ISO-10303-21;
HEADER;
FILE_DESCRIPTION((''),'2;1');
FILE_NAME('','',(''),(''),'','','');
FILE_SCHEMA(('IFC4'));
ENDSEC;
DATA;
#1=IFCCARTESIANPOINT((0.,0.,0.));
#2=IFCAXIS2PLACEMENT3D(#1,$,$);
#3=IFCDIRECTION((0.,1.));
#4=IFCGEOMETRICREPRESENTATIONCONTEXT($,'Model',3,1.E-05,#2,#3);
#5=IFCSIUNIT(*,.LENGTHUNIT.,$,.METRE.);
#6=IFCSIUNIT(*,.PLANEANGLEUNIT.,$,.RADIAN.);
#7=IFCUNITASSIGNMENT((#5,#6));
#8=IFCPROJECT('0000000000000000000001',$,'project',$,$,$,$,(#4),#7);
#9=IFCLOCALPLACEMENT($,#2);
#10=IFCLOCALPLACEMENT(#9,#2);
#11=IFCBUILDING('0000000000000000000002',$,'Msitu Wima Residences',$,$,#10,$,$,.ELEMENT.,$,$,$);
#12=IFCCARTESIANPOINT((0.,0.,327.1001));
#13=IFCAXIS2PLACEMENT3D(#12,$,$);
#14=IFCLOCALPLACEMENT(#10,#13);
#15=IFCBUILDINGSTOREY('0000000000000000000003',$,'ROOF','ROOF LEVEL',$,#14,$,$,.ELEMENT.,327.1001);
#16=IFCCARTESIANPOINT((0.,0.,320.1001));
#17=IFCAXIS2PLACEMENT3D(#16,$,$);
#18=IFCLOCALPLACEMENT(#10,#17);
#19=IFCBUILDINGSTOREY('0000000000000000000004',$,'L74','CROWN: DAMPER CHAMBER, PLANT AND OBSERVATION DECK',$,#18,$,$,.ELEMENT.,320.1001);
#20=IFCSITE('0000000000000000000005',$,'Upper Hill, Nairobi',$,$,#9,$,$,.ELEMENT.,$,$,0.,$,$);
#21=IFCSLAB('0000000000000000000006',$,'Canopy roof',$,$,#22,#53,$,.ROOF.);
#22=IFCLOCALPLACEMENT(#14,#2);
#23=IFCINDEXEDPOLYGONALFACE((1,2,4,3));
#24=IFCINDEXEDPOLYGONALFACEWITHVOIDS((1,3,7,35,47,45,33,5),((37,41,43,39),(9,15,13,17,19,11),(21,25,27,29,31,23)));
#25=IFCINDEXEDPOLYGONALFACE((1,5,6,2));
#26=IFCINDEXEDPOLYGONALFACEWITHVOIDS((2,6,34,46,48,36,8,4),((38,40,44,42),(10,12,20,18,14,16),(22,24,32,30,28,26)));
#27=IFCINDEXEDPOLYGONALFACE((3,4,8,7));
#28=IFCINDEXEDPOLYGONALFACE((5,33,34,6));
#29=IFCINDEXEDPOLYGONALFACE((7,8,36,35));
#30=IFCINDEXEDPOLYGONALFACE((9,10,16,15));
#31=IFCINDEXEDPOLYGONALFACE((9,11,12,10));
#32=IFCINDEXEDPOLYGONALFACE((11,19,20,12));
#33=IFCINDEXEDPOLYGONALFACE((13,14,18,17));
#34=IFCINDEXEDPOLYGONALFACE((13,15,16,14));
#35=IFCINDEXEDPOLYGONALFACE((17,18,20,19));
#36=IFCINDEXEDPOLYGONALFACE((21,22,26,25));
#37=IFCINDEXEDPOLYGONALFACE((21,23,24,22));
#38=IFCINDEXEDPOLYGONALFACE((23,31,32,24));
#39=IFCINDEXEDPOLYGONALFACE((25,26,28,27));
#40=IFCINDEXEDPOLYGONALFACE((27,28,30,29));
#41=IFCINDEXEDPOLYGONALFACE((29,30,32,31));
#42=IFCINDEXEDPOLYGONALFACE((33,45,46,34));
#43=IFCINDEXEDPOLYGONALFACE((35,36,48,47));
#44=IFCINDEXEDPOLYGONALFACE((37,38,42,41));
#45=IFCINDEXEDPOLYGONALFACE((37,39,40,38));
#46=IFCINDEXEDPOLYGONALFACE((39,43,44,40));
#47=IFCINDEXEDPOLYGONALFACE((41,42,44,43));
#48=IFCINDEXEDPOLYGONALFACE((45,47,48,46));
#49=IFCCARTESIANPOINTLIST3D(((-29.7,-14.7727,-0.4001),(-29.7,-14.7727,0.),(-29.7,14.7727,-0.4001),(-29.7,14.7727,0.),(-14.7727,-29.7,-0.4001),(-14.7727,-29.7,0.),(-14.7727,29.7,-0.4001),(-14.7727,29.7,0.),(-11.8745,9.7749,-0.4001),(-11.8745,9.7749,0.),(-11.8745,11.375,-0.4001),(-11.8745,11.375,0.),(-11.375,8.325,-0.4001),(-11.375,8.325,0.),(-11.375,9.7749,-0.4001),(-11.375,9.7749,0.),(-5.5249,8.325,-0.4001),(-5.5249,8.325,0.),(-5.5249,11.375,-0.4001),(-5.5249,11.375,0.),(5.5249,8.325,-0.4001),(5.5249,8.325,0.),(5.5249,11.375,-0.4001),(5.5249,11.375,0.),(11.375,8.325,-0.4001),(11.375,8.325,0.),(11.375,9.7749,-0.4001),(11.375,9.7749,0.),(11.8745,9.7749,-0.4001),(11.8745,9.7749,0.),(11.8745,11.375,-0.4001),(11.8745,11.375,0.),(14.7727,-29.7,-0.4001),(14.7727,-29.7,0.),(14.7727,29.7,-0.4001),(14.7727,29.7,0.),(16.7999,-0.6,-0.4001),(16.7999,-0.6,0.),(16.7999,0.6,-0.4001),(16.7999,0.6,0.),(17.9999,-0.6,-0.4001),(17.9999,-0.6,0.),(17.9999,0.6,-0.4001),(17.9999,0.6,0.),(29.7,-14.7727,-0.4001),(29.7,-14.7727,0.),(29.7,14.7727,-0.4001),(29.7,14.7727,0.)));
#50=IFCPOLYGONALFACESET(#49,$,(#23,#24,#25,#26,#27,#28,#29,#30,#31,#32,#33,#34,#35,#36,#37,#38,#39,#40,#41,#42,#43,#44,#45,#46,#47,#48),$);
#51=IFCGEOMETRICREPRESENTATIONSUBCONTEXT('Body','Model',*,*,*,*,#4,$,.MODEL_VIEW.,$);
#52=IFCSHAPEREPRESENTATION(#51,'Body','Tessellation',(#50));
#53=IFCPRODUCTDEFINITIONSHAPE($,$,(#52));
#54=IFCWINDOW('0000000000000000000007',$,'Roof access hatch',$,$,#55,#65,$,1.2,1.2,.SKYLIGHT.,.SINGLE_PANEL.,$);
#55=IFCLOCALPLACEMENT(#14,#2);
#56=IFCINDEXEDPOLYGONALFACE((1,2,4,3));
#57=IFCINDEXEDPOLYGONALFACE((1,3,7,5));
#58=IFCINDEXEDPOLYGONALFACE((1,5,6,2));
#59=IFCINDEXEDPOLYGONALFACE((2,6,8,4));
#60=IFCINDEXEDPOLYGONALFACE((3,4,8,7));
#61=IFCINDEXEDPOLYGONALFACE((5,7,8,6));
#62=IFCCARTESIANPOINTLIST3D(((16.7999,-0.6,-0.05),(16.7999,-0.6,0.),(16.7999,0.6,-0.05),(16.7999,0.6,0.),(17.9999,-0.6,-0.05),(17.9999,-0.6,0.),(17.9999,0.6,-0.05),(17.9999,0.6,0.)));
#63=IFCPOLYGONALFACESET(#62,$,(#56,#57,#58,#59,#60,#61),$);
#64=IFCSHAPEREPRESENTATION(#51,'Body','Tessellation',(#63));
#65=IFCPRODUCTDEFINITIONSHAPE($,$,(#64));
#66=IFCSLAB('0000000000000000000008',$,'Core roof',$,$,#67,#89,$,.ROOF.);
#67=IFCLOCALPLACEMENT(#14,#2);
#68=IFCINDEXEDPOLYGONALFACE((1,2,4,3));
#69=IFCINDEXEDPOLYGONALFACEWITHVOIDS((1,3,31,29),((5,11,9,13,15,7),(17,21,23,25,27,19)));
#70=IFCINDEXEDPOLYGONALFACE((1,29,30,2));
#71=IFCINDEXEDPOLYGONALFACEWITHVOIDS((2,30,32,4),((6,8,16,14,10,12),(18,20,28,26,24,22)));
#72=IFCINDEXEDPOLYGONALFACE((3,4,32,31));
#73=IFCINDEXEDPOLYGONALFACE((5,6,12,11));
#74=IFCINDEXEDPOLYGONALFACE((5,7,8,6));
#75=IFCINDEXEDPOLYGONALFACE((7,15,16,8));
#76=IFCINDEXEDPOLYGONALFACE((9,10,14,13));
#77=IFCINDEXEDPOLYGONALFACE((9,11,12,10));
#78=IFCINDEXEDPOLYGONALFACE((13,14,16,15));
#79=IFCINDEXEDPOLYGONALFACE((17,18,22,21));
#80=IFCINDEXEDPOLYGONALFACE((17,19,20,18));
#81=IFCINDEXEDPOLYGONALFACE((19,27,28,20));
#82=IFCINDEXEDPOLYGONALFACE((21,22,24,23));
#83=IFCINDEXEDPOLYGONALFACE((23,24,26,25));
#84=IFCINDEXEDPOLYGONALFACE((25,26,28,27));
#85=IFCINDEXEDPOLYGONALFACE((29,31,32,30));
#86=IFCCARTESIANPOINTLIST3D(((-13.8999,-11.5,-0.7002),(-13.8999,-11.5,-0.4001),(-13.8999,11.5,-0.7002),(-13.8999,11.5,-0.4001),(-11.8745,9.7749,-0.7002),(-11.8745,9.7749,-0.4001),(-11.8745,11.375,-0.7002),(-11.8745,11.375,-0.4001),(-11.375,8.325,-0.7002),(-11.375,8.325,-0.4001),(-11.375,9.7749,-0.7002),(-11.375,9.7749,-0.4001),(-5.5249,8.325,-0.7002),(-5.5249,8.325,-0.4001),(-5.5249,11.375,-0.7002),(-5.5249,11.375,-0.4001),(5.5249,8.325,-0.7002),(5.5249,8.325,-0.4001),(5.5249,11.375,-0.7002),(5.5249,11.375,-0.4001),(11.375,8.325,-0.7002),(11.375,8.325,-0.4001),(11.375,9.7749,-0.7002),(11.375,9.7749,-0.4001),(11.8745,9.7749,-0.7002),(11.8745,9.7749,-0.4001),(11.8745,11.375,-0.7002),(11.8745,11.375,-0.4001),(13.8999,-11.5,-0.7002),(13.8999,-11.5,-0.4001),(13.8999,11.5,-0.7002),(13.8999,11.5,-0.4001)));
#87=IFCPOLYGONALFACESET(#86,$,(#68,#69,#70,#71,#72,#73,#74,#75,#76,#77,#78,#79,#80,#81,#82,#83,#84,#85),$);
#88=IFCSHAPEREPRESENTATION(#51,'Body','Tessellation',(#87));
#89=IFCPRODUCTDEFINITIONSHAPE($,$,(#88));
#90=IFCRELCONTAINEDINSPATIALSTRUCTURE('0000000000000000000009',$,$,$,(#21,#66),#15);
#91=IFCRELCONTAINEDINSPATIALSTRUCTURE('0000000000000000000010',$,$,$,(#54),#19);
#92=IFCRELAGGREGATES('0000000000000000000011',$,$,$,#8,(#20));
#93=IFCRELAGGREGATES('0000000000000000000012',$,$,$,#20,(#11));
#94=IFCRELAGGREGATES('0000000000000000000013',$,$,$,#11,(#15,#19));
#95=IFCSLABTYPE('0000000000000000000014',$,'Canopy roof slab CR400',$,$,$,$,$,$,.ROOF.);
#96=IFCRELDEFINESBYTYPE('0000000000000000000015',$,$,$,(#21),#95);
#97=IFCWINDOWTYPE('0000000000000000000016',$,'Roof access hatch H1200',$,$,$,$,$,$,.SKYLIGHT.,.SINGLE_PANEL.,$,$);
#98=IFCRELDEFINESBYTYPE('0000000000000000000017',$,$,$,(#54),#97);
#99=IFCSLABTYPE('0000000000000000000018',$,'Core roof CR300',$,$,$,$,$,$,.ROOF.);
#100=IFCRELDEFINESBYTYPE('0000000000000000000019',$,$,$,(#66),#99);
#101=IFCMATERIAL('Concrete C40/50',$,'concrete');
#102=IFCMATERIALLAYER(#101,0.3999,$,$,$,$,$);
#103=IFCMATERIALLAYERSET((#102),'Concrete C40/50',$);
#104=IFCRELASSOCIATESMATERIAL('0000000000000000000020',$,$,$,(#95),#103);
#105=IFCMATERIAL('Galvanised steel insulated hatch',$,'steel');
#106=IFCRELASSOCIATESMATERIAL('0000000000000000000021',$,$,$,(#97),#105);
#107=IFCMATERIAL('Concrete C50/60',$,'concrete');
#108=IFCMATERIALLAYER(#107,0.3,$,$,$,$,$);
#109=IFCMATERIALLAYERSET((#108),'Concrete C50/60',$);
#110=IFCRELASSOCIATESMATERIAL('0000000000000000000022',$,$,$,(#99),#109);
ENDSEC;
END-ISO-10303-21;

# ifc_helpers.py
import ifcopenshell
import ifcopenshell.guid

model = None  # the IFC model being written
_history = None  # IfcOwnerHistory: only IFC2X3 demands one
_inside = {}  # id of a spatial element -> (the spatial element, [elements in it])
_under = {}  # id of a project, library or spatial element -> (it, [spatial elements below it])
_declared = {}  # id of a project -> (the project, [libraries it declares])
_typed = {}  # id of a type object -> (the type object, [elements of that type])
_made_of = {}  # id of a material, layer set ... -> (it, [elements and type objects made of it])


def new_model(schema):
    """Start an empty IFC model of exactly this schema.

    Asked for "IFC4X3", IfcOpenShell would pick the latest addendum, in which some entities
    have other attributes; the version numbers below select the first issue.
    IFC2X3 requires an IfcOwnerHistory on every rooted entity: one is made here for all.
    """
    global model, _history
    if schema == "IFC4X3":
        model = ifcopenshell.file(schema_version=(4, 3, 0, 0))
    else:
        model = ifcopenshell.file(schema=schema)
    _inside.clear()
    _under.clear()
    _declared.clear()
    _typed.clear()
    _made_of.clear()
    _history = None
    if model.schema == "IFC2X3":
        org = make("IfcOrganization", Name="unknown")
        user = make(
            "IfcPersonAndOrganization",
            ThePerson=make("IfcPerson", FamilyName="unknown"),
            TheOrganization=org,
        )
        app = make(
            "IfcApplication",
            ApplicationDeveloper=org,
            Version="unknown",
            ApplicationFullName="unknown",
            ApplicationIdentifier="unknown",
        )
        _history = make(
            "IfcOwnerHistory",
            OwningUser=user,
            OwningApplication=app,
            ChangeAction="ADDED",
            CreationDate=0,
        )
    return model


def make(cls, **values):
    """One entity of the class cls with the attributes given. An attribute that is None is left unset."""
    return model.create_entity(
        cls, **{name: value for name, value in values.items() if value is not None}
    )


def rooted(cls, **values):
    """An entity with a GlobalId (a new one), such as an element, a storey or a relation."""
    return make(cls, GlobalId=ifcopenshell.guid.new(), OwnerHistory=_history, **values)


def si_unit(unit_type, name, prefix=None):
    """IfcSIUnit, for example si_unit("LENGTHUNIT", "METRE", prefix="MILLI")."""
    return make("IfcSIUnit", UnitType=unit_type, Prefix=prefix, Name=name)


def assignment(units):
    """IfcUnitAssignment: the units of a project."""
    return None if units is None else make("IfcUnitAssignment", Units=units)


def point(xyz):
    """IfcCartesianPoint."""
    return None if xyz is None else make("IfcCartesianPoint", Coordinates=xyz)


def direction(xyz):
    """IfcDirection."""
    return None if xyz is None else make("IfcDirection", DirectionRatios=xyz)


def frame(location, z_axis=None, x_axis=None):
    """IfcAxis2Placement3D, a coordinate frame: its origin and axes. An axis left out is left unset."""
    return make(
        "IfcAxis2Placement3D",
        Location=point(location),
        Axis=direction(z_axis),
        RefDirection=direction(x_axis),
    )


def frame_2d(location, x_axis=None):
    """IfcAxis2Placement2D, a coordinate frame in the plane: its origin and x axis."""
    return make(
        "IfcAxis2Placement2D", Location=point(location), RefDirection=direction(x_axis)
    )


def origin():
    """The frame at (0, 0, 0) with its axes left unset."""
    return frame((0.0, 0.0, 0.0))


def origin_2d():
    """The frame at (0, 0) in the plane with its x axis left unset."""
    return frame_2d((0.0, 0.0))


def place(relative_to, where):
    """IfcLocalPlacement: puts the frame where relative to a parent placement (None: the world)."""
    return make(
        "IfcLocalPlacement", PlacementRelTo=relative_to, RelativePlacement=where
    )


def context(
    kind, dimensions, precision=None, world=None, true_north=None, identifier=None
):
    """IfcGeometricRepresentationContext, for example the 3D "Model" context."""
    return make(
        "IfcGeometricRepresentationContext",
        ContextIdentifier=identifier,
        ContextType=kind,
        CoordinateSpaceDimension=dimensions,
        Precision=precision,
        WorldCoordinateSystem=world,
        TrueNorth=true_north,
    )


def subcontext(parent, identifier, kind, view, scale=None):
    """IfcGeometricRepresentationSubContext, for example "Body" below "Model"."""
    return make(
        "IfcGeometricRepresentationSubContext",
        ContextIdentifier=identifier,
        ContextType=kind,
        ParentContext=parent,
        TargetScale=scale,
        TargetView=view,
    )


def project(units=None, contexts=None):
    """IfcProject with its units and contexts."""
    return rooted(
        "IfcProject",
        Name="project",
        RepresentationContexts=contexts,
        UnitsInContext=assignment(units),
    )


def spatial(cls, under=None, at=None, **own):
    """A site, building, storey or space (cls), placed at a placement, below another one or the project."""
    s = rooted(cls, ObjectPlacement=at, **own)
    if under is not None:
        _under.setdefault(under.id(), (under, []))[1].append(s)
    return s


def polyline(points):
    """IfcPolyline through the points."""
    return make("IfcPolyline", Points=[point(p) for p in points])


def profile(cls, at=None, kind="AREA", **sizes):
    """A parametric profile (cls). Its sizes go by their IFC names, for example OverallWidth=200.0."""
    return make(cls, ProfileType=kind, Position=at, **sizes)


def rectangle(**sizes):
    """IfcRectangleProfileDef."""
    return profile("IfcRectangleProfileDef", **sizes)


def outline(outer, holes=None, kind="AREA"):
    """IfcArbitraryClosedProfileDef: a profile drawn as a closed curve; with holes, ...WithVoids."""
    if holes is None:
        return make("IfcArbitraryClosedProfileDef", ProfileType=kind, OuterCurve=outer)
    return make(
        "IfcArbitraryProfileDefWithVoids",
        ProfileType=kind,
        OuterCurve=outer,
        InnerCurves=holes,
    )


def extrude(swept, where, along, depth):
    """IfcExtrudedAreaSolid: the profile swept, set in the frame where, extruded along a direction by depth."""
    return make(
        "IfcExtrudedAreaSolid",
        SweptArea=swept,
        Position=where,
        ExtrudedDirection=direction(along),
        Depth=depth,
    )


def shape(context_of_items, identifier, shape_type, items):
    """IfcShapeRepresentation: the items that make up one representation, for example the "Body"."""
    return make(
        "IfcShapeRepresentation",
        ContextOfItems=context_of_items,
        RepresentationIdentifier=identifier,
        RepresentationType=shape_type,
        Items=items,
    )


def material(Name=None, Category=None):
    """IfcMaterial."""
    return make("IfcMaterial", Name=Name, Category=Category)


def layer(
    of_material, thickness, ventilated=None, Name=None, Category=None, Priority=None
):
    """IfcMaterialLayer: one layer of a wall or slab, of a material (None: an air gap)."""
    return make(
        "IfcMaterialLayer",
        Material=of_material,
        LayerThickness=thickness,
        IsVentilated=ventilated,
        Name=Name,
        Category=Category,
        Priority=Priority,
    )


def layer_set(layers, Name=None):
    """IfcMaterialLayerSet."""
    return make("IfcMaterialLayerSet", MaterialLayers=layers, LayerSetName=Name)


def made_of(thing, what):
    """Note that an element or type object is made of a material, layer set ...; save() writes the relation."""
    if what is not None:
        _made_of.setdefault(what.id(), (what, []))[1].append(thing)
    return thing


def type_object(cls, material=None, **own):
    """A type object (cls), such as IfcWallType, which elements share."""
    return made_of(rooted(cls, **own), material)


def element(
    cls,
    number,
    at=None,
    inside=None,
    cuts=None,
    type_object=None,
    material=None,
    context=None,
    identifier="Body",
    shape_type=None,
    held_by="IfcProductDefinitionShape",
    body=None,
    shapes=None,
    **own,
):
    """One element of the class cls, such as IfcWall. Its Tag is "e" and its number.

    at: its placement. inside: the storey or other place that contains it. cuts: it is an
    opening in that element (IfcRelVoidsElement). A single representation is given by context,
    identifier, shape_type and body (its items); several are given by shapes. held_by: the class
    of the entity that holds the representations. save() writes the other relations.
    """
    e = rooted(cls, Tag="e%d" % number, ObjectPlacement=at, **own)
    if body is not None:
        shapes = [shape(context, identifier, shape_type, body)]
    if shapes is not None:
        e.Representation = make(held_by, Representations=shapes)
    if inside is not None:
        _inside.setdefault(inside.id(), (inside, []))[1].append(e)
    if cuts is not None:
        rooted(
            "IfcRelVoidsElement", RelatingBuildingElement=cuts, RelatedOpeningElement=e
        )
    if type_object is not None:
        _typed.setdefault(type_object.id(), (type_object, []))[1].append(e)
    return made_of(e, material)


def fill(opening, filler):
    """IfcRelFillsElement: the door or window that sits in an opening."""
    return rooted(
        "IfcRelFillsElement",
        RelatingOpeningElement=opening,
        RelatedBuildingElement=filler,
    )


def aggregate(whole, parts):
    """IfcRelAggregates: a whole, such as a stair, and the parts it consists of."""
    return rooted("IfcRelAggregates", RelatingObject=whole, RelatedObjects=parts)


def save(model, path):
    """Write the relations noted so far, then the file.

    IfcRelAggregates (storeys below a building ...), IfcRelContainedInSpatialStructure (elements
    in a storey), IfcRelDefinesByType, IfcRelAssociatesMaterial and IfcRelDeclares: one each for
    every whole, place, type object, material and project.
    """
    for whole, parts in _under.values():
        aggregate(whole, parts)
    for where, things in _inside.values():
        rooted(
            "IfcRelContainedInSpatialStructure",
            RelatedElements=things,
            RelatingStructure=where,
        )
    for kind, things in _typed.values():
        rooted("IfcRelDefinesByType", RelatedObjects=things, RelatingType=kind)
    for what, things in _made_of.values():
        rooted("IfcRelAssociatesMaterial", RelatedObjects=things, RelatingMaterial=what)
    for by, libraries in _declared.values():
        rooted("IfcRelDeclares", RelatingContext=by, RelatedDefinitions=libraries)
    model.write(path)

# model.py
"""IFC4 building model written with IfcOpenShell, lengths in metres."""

from ifc_helpers import new_model, si_unit, direction, frame, origin, origin_2d, place, context, subcontext, project, spatial, polyline, rectangle, outline, extrude, material, layer, layer_set, type_object, element, fill, save


model = new_model("IFC4")

# Units and contexts
model_context = context("Model", 3, precision=1e-05, world=origin(), true_north=direction((0.0, 1.0)))
body_context = subcontext(model_context, "Body", "Model", "MODEL_VIEW")
ifc_project = project(units=[si_unit("LENGTHUNIT", "METRE"), si_unit("PLANEANGLEUNIT", "RADIAN")], contexts=[model_context])

# Site, building, storey
site_placement = place(None, origin())
site = spatial("IfcSite", under=ifc_project, at=site_placement, Name="Upper Hill, Nairobi", CompositionType="ELEMENT", RefElevation=0.0)
building_placement = place(site_placement, origin())
building = spatial("IfcBuilding", under=site, at=building_placement, Name="Msitu Wima Residences", CompositionType="ELEMENT")
storey_1_placement = place(building_placement, frame((0.0, 0.0, 327.1001)))
storey_1 = spatial("IfcBuildingStorey", under=building, at=storey_1_placement, Name="ROOF", Description="ROOF LEVEL", CompositionType="ELEMENT", Elevation=327.1001)

# Slab, opening
ifc_material_1 = material(Name="Concrete C40/50", Category="concrete")
ifc_layer_1 = layer(ifc_material_1, 0.3999)
ifc_layer_set_1 = layer_set([ifc_layer_1], Name="Concrete C40/50")
slab_type_1 = type_object("IfcSlabType", Name="Canopy roof slab CR400", PredefinedType="ROOF", material=ifc_layer_set_1)
slab_1_placement = place(storey_1_placement, frame((0.0, 0.0, -0.4001)))
slab_1 = element("IfcSlab", 1, at=slab_1_placement, inside=storey_1, type_object=slab_type_1, Name="Canopy roof", PredefinedType="ROOF", context=body_context, shape_type="SweptSolid", body=[
    extrude(outline(polyline([(14.7727, -29.7), (-14.7727, -29.7), (-29.7, -14.7727), (-29.7, 14.7727), (-14.7727, 29.7), (14.7727, 29.7), (29.7, 14.7727), (29.7, -14.7727), (14.7727, -29.7)]), holes=[polyline([(-11.8745, 11.375), (-11.8745, 9.7749), (-11.375, 9.7749), (-11.375, 8.325), (-5.5249, 8.325), (-5.5249, 11.375), (-11.8745, 11.375)]), polyline([(5.5249, 8.325), (11.375, 8.325), (11.375, 9.7749), (11.8745, 9.7749), (11.8745, 11.375), (5.5249, 11.375), (5.5249, 8.325)])]), origin(), (0.0, 0.0, 1.0), 0.4001),
])
opening_placement = place(slab_1_placement, frame((17.3999, 0.0, 0.0)))
opening = element("IfcOpeningElement", 2, at=opening_placement, cuts=slab_1, PredefinedType="OPENING", context=body_context, shape_type="SweptSolid", body=[
    extrude(rectangle(XDim=1.2, YDim=1.2, at=origin_2d()), origin(), (0.0, 0.0, 1.0), 0.4001),
])

# Shared definitions
storey_2_placement = place(building_placement, frame((0.0, 0.0, 320.1001)))
storey_2 = spatial("IfcBuildingStorey", under=building, at=storey_2_placement, Name="L74", Description="CROWN: DAMPER CHAMBER, PLANT AND OBSERVATION DECK", CompositionType="ELEMENT", Elevation=320.1001)

# Window
ifc_material_2 = material(Name="Galvanised steel insulated hatch", Category="steel")
window_type = type_object("IfcWindowType", Name="Roof access hatch H1200", PartitioningType="SINGLE_PANEL", PredefinedType="SKYLIGHT", material=ifc_material_2)
window_placement = place(opening_placement, frame((0.0, 0.0, 0.3501)))
window = element("IfcWindow", 3, at=window_placement, inside=storey_2, type_object=window_type, Name="Roof access hatch", OverallHeight=1.2, OverallWidth=1.2, PartitioningType="SINGLE_PANEL", PredefinedType="SKYLIGHT", context=body_context, shape_type="SweptSolid", body=[
    extrude(rectangle(XDim=1.2, YDim=1.2, at=origin_2d()), origin(), (0.0, 0.0, 1.0), 0.05),
])
fill(opening, window)

# Slab
ifc_material_3 = material(Name="Concrete C50/60", Category="concrete")
ifc_layer_2 = layer(ifc_material_3, 0.3)
ifc_layer_set_2 = layer_set([ifc_layer_2], Name="Concrete C50/60")
slab_type_2 = type_object("IfcSlabType", Name="Core roof CR300", PredefinedType="ROOF", material=ifc_layer_set_2)
slab_2_placement = place(storey_1_placement, frame((0.0, 0.0, -0.7002)))
element("IfcSlab", 4, at=slab_2_placement, inside=storey_1, type_object=slab_type_2, Name="Core roof", PredefinedType="ROOF", context=body_context, shape_type="SweptSolid", body=[
    extrude(outline(polyline([(-13.8999, -11.5), (13.8999, -11.5), (13.8999, 11.5), (-13.8999, 11.5), (-13.8999, -11.5)]), holes=[polyline([(-11.8745, 11.375), (-5.5249, 11.375), (-5.5249, 8.325), (-11.375, 8.325), (-11.375, 9.7749), (-11.8745, 9.7749), (-11.8745, 11.375)]), polyline([(5.5249, 8.325), (5.5249, 11.375), (11.8745, 11.375), (11.8745, 9.7749), (11.375, 9.7749), (11.375, 8.325), (5.5249, 8.325)])]), origin(), (0.0, 0.0, 1.0), 0.3),
])

save(model, "model.ifc")
